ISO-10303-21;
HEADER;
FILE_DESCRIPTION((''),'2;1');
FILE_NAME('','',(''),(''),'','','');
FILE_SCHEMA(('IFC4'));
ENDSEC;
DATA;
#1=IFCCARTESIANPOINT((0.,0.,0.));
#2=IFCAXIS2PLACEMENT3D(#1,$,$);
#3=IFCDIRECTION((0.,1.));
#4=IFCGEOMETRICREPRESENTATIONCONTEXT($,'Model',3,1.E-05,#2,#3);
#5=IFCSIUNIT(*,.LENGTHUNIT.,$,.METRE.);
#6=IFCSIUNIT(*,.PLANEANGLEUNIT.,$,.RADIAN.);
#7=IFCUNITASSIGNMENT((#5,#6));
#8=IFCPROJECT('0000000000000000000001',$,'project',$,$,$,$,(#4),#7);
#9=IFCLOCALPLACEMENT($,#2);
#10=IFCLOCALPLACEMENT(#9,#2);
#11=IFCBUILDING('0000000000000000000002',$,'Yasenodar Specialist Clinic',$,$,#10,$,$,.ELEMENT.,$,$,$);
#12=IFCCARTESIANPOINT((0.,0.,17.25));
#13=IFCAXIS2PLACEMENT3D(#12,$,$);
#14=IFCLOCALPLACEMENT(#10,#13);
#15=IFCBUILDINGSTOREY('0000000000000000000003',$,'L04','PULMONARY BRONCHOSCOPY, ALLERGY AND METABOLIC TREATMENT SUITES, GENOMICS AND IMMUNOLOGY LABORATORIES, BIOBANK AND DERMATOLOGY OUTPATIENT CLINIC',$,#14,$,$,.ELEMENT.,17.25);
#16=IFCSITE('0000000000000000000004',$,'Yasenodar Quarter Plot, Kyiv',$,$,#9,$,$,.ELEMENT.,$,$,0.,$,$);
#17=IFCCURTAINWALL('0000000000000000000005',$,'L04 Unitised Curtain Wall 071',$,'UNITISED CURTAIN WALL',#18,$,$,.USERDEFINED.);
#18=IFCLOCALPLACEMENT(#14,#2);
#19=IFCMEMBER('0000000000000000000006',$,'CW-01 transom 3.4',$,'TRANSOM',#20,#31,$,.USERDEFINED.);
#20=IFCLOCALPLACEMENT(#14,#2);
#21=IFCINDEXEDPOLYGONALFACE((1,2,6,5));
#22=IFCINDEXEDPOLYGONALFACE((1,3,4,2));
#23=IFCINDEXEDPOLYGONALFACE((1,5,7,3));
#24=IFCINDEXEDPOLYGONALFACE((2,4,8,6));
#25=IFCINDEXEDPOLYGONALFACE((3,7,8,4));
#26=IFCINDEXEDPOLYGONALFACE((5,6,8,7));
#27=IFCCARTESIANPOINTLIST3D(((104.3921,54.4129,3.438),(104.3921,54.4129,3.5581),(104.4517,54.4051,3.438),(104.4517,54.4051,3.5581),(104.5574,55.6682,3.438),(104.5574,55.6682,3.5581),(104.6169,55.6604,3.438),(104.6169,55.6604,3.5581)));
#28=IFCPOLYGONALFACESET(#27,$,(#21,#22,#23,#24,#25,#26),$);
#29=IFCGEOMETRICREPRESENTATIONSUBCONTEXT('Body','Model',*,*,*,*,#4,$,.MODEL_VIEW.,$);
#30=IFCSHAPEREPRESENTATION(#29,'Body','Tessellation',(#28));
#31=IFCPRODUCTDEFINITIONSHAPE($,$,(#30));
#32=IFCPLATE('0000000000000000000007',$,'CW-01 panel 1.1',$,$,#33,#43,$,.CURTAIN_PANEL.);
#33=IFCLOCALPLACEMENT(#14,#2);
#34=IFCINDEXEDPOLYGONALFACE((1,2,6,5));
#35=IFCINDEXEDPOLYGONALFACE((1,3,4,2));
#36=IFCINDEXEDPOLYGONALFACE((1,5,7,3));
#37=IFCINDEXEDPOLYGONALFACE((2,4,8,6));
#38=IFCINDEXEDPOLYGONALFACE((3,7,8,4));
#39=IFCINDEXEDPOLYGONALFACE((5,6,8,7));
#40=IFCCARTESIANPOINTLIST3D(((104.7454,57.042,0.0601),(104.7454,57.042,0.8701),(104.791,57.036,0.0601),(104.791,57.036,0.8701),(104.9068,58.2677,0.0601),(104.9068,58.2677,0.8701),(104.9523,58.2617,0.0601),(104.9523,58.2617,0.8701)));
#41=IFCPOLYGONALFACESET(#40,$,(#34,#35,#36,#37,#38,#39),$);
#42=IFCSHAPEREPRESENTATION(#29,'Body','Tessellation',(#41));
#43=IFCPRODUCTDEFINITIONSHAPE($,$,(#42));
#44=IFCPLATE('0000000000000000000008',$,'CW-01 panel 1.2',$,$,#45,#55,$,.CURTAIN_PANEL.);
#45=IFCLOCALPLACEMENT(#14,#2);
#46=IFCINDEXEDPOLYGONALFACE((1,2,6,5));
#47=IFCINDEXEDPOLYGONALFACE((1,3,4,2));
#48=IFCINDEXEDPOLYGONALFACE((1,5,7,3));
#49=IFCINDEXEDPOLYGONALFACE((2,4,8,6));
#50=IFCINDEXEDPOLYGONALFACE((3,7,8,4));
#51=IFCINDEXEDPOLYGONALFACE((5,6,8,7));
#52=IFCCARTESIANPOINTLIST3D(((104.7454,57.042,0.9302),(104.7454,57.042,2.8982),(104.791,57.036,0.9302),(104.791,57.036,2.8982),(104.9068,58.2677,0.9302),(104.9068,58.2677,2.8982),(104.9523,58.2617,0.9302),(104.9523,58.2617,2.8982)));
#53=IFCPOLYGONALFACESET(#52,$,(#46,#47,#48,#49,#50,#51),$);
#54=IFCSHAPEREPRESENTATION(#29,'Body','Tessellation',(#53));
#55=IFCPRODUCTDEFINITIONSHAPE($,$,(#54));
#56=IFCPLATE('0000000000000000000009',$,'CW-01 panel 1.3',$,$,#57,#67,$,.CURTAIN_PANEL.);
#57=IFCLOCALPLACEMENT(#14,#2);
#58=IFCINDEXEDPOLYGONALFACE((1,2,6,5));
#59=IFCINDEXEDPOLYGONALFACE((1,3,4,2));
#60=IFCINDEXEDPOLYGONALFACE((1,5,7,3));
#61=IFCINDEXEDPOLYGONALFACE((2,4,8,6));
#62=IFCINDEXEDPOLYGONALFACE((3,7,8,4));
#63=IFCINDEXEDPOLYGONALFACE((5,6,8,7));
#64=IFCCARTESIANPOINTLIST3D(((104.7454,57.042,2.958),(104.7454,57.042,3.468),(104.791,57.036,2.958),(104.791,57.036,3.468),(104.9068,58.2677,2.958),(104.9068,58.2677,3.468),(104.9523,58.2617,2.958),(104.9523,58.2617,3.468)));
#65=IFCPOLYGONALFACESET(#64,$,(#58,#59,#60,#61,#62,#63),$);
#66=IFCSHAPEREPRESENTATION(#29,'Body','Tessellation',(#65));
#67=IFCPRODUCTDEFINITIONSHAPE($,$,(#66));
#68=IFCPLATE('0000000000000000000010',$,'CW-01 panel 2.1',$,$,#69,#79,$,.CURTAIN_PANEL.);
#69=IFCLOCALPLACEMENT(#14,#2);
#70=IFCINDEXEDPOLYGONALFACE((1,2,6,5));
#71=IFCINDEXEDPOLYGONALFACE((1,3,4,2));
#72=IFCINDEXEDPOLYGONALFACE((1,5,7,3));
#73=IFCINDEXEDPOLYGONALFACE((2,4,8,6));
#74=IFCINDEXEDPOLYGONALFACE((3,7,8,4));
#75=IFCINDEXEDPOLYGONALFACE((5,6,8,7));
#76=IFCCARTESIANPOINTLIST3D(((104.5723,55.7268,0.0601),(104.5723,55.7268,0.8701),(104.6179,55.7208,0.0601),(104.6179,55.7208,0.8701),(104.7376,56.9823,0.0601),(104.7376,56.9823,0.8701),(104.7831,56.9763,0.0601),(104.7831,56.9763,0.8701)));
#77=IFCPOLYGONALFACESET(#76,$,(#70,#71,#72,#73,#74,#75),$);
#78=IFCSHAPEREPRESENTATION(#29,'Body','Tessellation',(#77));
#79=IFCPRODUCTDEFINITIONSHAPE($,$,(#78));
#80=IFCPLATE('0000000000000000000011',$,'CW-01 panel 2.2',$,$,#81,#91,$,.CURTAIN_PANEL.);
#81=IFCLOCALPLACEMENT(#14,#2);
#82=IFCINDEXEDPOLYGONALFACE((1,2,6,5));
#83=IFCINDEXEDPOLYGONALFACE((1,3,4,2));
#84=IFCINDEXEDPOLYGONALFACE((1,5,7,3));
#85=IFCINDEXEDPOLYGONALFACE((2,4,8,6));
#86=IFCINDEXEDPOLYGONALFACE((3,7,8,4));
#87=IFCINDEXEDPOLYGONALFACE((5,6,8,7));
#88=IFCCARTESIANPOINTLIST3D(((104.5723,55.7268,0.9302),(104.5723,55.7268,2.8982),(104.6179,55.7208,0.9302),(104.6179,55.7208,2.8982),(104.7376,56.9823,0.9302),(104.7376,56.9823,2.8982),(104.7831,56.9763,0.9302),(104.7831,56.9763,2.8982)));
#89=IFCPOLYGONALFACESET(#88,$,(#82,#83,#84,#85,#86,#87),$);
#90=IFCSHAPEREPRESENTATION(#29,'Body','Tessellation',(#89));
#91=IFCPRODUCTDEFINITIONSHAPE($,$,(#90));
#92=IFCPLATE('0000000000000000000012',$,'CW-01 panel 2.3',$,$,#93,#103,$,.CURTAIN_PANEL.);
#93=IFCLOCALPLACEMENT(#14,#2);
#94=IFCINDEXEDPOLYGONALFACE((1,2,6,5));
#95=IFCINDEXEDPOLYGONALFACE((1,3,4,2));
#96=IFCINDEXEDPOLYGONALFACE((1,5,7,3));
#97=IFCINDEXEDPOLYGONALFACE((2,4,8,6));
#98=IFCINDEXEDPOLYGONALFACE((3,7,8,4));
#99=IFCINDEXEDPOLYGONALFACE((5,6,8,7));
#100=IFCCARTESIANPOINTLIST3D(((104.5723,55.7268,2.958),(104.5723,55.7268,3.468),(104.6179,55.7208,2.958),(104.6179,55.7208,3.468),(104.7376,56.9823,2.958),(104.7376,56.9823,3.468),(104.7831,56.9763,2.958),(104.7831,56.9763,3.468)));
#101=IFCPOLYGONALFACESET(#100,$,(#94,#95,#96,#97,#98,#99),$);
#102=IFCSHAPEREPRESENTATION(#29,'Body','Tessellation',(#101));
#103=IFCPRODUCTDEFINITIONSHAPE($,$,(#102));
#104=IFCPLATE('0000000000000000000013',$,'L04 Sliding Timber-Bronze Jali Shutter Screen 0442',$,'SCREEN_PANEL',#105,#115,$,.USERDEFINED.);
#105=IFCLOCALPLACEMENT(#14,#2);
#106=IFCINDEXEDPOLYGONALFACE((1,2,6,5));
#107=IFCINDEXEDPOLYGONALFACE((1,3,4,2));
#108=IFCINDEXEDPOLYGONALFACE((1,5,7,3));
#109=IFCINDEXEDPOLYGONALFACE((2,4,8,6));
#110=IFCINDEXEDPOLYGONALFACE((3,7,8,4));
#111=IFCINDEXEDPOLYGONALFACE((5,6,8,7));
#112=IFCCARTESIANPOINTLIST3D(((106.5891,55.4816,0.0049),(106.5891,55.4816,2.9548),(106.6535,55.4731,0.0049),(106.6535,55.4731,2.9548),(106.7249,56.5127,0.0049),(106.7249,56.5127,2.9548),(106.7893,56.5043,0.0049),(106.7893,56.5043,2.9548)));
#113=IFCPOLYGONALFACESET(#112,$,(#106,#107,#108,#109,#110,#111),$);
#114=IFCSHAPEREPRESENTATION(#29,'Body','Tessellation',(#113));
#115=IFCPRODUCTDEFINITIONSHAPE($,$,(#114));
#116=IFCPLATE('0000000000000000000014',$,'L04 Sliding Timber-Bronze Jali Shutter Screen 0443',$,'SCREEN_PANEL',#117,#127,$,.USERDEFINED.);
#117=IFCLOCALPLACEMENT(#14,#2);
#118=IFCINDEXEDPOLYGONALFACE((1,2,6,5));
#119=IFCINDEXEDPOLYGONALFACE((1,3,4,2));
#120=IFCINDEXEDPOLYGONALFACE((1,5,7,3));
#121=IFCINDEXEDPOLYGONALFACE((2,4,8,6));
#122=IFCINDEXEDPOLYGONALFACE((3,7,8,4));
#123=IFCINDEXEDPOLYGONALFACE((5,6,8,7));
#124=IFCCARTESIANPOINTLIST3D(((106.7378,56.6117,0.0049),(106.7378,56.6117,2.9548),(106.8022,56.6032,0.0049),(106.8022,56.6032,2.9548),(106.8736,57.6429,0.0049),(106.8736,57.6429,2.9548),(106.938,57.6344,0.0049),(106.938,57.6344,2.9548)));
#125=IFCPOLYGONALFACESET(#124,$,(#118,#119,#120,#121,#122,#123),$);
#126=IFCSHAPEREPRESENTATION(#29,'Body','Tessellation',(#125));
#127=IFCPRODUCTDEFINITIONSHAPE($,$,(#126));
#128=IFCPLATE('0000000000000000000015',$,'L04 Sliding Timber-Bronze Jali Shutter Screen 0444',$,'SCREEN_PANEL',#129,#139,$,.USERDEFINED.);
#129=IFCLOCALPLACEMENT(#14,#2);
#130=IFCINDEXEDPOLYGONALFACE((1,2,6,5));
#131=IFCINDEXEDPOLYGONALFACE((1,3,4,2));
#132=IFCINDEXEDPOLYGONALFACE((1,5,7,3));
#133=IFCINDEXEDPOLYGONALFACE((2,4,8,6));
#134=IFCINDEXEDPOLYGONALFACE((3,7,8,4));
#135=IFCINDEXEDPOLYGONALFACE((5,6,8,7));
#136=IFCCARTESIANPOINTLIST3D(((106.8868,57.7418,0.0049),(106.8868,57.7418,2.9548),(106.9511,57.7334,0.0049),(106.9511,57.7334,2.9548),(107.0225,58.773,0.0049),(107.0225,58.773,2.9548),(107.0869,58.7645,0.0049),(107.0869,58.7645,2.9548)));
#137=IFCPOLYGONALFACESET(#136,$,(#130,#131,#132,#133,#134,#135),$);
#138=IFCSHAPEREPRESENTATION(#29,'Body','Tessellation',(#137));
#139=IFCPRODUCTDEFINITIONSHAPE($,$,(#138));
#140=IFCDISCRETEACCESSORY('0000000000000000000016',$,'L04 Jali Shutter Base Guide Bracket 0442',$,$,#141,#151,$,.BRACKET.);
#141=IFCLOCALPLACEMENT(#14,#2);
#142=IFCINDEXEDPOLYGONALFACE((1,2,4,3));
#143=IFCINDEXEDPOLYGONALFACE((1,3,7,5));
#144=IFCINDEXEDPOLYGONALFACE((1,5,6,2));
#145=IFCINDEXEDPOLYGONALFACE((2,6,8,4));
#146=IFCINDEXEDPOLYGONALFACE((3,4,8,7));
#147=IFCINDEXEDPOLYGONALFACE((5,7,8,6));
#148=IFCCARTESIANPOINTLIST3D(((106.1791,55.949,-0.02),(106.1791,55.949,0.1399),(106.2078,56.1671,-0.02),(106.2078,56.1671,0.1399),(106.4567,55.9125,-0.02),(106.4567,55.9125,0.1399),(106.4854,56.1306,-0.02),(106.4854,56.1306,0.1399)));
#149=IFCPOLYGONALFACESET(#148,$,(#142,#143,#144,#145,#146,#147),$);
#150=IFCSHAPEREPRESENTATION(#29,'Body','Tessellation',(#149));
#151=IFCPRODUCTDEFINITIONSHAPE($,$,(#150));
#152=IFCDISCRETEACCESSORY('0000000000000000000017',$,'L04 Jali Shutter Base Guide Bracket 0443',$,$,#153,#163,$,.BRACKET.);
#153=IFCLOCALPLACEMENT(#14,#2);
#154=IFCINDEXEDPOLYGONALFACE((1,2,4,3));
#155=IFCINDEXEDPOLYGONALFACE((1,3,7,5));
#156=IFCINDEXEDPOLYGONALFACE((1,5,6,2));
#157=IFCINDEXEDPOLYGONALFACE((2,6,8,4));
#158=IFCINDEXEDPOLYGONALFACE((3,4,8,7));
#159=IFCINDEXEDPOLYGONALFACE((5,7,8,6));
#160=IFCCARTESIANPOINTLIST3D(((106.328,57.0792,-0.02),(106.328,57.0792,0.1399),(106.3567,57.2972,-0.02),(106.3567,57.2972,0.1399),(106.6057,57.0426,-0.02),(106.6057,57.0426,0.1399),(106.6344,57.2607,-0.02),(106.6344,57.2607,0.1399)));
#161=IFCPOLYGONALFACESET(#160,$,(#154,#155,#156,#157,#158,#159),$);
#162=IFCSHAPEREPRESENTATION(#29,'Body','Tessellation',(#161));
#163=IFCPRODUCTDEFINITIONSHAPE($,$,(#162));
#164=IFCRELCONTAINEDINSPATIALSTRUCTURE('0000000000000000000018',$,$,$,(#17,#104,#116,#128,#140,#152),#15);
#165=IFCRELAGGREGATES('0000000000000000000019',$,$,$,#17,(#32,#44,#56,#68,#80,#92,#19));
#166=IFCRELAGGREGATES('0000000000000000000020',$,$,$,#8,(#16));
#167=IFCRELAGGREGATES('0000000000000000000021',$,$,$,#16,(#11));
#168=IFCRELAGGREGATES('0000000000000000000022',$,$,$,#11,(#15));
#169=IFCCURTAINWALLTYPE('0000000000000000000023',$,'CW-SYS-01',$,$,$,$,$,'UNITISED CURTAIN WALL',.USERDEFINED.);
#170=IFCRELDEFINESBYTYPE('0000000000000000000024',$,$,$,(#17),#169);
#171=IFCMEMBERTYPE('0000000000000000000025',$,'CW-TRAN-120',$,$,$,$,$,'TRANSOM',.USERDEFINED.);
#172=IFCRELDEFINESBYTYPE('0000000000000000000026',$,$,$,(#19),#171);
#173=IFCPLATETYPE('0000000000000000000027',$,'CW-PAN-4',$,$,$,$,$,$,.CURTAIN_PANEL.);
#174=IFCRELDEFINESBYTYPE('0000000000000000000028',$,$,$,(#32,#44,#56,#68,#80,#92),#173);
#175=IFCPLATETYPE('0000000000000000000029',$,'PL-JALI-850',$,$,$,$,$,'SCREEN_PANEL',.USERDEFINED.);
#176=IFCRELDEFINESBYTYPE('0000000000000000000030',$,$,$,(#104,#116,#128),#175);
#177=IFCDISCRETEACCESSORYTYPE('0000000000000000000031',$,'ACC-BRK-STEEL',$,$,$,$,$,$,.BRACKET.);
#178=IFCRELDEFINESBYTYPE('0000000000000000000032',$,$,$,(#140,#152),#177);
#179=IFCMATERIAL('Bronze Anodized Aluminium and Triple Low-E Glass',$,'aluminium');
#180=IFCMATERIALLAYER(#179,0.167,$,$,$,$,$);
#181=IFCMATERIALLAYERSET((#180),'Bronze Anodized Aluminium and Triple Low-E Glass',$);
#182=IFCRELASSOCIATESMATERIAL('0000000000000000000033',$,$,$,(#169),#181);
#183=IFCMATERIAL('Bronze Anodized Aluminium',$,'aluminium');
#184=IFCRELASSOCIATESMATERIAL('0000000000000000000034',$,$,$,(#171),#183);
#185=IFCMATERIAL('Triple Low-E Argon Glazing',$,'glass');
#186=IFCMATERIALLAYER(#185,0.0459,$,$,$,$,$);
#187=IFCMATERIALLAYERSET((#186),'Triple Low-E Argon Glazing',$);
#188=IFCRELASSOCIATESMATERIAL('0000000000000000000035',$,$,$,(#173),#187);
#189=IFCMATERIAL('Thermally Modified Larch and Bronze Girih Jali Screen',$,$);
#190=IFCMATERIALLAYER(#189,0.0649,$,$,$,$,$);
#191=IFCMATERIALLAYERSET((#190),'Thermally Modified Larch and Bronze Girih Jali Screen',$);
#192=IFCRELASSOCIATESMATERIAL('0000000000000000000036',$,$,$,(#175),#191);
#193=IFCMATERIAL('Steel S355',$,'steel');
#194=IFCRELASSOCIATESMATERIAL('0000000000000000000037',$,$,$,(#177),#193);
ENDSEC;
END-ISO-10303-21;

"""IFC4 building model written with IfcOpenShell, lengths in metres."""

from ifc_helpers import new_model, si_unit, direction, frame, origin, origin_2d, place, context, subcontext, project, spatial, rectangle, extrude, material, layer, layer_set, material_profile, profile_set, type_object, element, aggregate, save


model = new_model("IFC4")

# Units and contexts
model_context = context("Model", 3, precision=1e-05, world=origin(), true_north=direction((0.0, 1.0)))
body_context = subcontext(model_context, "Body", "Model", "MODEL_VIEW")
ifc_project = project(units=[si_unit("LENGTHUNIT", "METRE"), si_unit("PLANEANGLEUNIT", "RADIAN")], contexts=[model_context])

# Site, building, storey
site_placement = place(None, origin())
site = spatial("IfcSite", under=ifc_project, at=site_placement, Name="Yasenodar Quarter Plot, Kyiv", CompositionType="ELEMENT", RefElevation=0.0)
building_placement = place(site_placement, origin())
building = spatial("IfcBuilding", under=site, at=building_placement, Name="Yasenodar Specialist Clinic", CompositionType="ELEMENT")
storey_placement = place(building_placement, frame((0.0, 0.0, 17.25)))
storey = spatial("IfcBuildingStorey", under=building, at=storey_placement, Name="L04", Description="PULMONARY BRONCHOSCOPY, ALLERGY AND METABOLIC TREATMENT SUITES, GENOMICS AND IMMUNOLOGY LABORATORIES, BIOBANK AND DERMATOLOGY OUTPATIENT CLINIC", CompositionType="ELEMENT", Elevation=17.25)

# Curtain wall, member, plates
ifc_material_1 = material(Name="Bronze Anodized Aluminium and Triple Low-E Glass", Category="aluminium")
ifc_layer_1 = layer(ifc_material_1, 0.167)
ifc_layer_set_1 = layer_set([ifc_layer_1], Name="Bronze Anodized Aluminium and Triple Low-E Glass")
curtain_wall_type = type_object("IfcCurtainWallType", Name="CW-SYS-01", ElementType="UNITISED CURTAIN WALL", PredefinedType="USERDEFINED", material=ifc_layer_set_1)
curtain_wall_placement = place(storey_placement, origin())
curtain_wall = element("IfcCurtainWall", 1, at=curtain_wall_placement, inside=storey, type_object=curtain_wall_type, Name="L04 Unitised Curtain Wall 071", ObjectType="UNITISED CURTAIN WALL", PredefinedType="USERDEFINED")
ifc_material_2 = material(Name="Bronze Anodized Aluminium", Category="aluminium")
ifc_material_profile_1 = material_profile(ifc_material_2, rectangle(XDim=0.0601, YDim=0.1201, at=origin_2d()), Name="CW-TRAN 60x120")
ifc_profile_set_1 = profile_set([ifc_material_profile_1], Name="Bronze Anodized Aluminium")
member_type_1 = type_object("IfcMemberType", Name="CW-TRAN-120", ElementType="TRANSOM", PredefinedType="USERDEFINED", material=ifc_profile_set_1)
member_1_placement = place(storey_placement, frame((104.5872, 55.6643, 3.498), z_axis=(-0.130534, -0.991444, 0.0), x_axis=(0.991444, -0.130534, 0.0)))
member_1 = element("IfcMember", 2, at=member_1_placement, type_object=member_type_1, Name="CW-01 transom 3.4", ObjectType="TRANSOM", PredefinedType="USERDEFINED", context=body_context, shape_type="SweptSolid", body=[
    extrude(rectangle(XDim=0.0601, YDim=0.1201, at=origin_2d()), origin(), (0.0, 0.0, 1.0), 1.2661),
])
ifc_material_3 = material(Name="Triple Low-E Argon Glazing", Category="glass")
ifc_layer_2 = layer(ifc_material_3, 0.0459)
ifc_layer_set_2 = layer_set([ifc_layer_2], Name="Triple Low-E Argon Glazing")
plate_type_1 = type_object("IfcPlateType", Name="CW-PAN-4", PredefinedType="CURTAIN_PANEL", material=ifc_layer_set_2)
plate_1_placement = place(storey_placement, frame((104.8489, 57.6519, 0.0601), z_axis=(0.0, 0.0, 1.0), x_axis=(-0.130512, -0.991447, 0.0)))
plate_1 = element("IfcPlate", 3, at=plate_1_placement, type_object=plate_type_1, Name="CW-01 panel 1.1", PredefinedType="CURTAIN_PANEL", context=body_context, shape_type="SweptSolid", body=[
    extrude(rectangle(XDim=1.2363, YDim=0.0459, at=origin_2d()), origin(), (0.0, 0.0, 1.0), 0.8101),
])
plate_2_placement = place(storey_placement, frame((104.8489, 57.6519, 0.9302), z_axis=(0.0, 0.0, 1.0), x_axis=(-0.130512, -0.991447, 0.0)))
plate_2 = element("IfcPlate", 4, at=plate_2_placement, type_object=plate_type_1, Name="CW-01 panel 1.2", PredefinedType="CURTAIN_PANEL", context=body_context, shape_type="SweptSolid", body=[
    extrude(rectangle(XDim=1.2363, YDim=0.0459, at=origin_2d()), origin(), (0.0, 0.0, 1.0), 1.968),
])
plate_3_placement = place(storey_placement, frame((104.8489, 57.6519, 2.958), z_axis=(0.0, 0.0, 1.0), x_axis=(-0.130512, -0.991447, 0.0)))
plate_3 = element("IfcPlate", 5, at=plate_3_placement, type_object=plate_type_1, Name="CW-01 panel 1.3", PredefinedType="CURTAIN_PANEL", context=body_context, shape_type="SweptSolid", body=[
    extrude(rectangle(XDim=1.2363, YDim=0.0459, at=origin_2d()), origin(), (0.0, 0.0, 1.0), 0.51),
])
plate_4_placement = place(storey_placement, frame((104.6777, 56.3516, 0.0601), z_axis=(0.0, 0.0, 1.0), x_axis=(-0.130512, -0.991447, 0.0)))
plate_4 = element("IfcPlate", 6, at=plate_4_placement, type_object=plate_type_1, Name="CW-01 panel 2.1", PredefinedType="CURTAIN_PANEL", context=body_context, shape_type="SweptSolid", body=[
    extrude(rectangle(XDim=1.2664, YDim=0.0459, at=origin_2d()), origin(), (0.0, 0.0, 1.0), 0.8101),
])
plate_5_placement = place(storey_placement, frame((104.6777, 56.3516, 0.9302), z_axis=(0.0, 0.0, 1.0), x_axis=(-0.130512, -0.991447, 0.0)))
plate_5 = element("IfcPlate", 7, at=plate_5_placement, type_object=plate_type_1, Name="CW-01 panel 2.2", PredefinedType="CURTAIN_PANEL", context=body_context, shape_type="SweptSolid", body=[
    extrude(rectangle(XDim=1.2664, YDim=0.0459, at=origin_2d()), origin(), (0.0, 0.0, 1.0), 1.968),
])
plate_6_placement = place(storey_placement, frame((104.6777, 56.3516, 2.958), z_axis=(0.0, 0.0, 1.0), x_axis=(-0.130512, -0.991447, 0.0)))
plate_6 = element("IfcPlate", 8, at=plate_6_placement, type_object=plate_type_1, Name="CW-01 panel 2.3", PredefinedType="CURTAIN_PANEL", context=body_context, shape_type="SweptSolid", body=[
    extrude(rectangle(XDim=1.2664, YDim=0.0459, at=origin_2d()), origin(), (0.0, 0.0, 1.0), 0.51),
])
aggregate(curtain_wall, [plate_1, plate_2, plate_3, plate_4, plate_5, plate_6, member_1])

# Plates
ifc_material_4 = material(Name="Thermally Modified Larch and Bronze Girih Jali Screen")
ifc_layer_3 = layer(ifc_material_4, 0.0649)
ifc_layer_set_3 = layer_set([ifc_layer_3], Name="Thermally Modified Larch and Bronze Girih Jali Screen")
plate_type_2 = type_object("IfcPlateType", Name="PL-JALI-850", ElementType="SCREEN_PANEL", PredefinedType="USERDEFINED", material=ifc_layer_set_3)
for number, where, z_axis, x_axis, name in (
    (9, (106.6892, 55.9929, 0.0049), (0.0, 0.0, 1.0), (0.130519, 0.991446, 0.0), "L04 Sliding Timber-Bronze Jali Shutter Screen 0442"),
    (10, (106.8379, 57.123, 0.0049), (0.0, 0.0, 1.0), (0.130519, 0.991446, 0.0), "L04 Sliding Timber-Bronze Jali Shutter Screen 0443"),
    (11, (106.9868, 58.2532, 0.0049), (0.0, 0.0, 1.0), (0.130519, 0.991446, 0.0), "L04 Sliding Timber-Bronze Jali Shutter Screen 0444"),
):
    element("IfcPlate", number, at=place(storey_placement, frame(where, z_axis=z_axis, x_axis=x_axis)), inside=storey, type_object=plate_type_2, Name=name, ObjectType="SCREEN_PANEL", PredefinedType="USERDEFINED", context=body_context, shape_type="SweptSolid", body=[
        extrude(rectangle(XDim=1.04, YDim=0.0649, at=origin_2d()), origin(), (0.0, 0.0, 1.0), 2.95),
    ])

# Discrete accessories
ifc_material_5 = material(Name="Steel S355", Category="steel")
discrete_accessory_type = type_object("IfcDiscreteAccessoryType", Name="ACC-BRK-STEEL", PredefinedType="BRACKET", material=ifc_material_5)
for number, where, z_axis, x_axis, name in (
    (12, (106.3323, 56.0398, -0.02), (0.0, 0.0, 1.0), (0.130519, 0.991446, 0.0), "L04 Jali Shutter Base Guide Bracket 0442"),
    (13, (106.4812, 57.1699, -0.02), (0.0, 0.0, 1.0), (0.130519, 0.991446, 0.0), "L04 Jali Shutter Base Guide Bracket 0443"),
):
    element("IfcDiscreteAccessory", number, at=place(storey_placement, frame(where, z_axis=z_axis, x_axis=x_axis)), inside=storey, type_object=discrete_accessory_type, Name=name, PredefinedType="BRACKET", context=body_context, shape_type="SweptSolid", body=[
        extrude(rectangle(XDim=0.22, YDim=0.28, at=origin_2d()), origin(), (0.0, 0.0, 1.0), 0.1599),
    ])

save(model, "model.ifc")
